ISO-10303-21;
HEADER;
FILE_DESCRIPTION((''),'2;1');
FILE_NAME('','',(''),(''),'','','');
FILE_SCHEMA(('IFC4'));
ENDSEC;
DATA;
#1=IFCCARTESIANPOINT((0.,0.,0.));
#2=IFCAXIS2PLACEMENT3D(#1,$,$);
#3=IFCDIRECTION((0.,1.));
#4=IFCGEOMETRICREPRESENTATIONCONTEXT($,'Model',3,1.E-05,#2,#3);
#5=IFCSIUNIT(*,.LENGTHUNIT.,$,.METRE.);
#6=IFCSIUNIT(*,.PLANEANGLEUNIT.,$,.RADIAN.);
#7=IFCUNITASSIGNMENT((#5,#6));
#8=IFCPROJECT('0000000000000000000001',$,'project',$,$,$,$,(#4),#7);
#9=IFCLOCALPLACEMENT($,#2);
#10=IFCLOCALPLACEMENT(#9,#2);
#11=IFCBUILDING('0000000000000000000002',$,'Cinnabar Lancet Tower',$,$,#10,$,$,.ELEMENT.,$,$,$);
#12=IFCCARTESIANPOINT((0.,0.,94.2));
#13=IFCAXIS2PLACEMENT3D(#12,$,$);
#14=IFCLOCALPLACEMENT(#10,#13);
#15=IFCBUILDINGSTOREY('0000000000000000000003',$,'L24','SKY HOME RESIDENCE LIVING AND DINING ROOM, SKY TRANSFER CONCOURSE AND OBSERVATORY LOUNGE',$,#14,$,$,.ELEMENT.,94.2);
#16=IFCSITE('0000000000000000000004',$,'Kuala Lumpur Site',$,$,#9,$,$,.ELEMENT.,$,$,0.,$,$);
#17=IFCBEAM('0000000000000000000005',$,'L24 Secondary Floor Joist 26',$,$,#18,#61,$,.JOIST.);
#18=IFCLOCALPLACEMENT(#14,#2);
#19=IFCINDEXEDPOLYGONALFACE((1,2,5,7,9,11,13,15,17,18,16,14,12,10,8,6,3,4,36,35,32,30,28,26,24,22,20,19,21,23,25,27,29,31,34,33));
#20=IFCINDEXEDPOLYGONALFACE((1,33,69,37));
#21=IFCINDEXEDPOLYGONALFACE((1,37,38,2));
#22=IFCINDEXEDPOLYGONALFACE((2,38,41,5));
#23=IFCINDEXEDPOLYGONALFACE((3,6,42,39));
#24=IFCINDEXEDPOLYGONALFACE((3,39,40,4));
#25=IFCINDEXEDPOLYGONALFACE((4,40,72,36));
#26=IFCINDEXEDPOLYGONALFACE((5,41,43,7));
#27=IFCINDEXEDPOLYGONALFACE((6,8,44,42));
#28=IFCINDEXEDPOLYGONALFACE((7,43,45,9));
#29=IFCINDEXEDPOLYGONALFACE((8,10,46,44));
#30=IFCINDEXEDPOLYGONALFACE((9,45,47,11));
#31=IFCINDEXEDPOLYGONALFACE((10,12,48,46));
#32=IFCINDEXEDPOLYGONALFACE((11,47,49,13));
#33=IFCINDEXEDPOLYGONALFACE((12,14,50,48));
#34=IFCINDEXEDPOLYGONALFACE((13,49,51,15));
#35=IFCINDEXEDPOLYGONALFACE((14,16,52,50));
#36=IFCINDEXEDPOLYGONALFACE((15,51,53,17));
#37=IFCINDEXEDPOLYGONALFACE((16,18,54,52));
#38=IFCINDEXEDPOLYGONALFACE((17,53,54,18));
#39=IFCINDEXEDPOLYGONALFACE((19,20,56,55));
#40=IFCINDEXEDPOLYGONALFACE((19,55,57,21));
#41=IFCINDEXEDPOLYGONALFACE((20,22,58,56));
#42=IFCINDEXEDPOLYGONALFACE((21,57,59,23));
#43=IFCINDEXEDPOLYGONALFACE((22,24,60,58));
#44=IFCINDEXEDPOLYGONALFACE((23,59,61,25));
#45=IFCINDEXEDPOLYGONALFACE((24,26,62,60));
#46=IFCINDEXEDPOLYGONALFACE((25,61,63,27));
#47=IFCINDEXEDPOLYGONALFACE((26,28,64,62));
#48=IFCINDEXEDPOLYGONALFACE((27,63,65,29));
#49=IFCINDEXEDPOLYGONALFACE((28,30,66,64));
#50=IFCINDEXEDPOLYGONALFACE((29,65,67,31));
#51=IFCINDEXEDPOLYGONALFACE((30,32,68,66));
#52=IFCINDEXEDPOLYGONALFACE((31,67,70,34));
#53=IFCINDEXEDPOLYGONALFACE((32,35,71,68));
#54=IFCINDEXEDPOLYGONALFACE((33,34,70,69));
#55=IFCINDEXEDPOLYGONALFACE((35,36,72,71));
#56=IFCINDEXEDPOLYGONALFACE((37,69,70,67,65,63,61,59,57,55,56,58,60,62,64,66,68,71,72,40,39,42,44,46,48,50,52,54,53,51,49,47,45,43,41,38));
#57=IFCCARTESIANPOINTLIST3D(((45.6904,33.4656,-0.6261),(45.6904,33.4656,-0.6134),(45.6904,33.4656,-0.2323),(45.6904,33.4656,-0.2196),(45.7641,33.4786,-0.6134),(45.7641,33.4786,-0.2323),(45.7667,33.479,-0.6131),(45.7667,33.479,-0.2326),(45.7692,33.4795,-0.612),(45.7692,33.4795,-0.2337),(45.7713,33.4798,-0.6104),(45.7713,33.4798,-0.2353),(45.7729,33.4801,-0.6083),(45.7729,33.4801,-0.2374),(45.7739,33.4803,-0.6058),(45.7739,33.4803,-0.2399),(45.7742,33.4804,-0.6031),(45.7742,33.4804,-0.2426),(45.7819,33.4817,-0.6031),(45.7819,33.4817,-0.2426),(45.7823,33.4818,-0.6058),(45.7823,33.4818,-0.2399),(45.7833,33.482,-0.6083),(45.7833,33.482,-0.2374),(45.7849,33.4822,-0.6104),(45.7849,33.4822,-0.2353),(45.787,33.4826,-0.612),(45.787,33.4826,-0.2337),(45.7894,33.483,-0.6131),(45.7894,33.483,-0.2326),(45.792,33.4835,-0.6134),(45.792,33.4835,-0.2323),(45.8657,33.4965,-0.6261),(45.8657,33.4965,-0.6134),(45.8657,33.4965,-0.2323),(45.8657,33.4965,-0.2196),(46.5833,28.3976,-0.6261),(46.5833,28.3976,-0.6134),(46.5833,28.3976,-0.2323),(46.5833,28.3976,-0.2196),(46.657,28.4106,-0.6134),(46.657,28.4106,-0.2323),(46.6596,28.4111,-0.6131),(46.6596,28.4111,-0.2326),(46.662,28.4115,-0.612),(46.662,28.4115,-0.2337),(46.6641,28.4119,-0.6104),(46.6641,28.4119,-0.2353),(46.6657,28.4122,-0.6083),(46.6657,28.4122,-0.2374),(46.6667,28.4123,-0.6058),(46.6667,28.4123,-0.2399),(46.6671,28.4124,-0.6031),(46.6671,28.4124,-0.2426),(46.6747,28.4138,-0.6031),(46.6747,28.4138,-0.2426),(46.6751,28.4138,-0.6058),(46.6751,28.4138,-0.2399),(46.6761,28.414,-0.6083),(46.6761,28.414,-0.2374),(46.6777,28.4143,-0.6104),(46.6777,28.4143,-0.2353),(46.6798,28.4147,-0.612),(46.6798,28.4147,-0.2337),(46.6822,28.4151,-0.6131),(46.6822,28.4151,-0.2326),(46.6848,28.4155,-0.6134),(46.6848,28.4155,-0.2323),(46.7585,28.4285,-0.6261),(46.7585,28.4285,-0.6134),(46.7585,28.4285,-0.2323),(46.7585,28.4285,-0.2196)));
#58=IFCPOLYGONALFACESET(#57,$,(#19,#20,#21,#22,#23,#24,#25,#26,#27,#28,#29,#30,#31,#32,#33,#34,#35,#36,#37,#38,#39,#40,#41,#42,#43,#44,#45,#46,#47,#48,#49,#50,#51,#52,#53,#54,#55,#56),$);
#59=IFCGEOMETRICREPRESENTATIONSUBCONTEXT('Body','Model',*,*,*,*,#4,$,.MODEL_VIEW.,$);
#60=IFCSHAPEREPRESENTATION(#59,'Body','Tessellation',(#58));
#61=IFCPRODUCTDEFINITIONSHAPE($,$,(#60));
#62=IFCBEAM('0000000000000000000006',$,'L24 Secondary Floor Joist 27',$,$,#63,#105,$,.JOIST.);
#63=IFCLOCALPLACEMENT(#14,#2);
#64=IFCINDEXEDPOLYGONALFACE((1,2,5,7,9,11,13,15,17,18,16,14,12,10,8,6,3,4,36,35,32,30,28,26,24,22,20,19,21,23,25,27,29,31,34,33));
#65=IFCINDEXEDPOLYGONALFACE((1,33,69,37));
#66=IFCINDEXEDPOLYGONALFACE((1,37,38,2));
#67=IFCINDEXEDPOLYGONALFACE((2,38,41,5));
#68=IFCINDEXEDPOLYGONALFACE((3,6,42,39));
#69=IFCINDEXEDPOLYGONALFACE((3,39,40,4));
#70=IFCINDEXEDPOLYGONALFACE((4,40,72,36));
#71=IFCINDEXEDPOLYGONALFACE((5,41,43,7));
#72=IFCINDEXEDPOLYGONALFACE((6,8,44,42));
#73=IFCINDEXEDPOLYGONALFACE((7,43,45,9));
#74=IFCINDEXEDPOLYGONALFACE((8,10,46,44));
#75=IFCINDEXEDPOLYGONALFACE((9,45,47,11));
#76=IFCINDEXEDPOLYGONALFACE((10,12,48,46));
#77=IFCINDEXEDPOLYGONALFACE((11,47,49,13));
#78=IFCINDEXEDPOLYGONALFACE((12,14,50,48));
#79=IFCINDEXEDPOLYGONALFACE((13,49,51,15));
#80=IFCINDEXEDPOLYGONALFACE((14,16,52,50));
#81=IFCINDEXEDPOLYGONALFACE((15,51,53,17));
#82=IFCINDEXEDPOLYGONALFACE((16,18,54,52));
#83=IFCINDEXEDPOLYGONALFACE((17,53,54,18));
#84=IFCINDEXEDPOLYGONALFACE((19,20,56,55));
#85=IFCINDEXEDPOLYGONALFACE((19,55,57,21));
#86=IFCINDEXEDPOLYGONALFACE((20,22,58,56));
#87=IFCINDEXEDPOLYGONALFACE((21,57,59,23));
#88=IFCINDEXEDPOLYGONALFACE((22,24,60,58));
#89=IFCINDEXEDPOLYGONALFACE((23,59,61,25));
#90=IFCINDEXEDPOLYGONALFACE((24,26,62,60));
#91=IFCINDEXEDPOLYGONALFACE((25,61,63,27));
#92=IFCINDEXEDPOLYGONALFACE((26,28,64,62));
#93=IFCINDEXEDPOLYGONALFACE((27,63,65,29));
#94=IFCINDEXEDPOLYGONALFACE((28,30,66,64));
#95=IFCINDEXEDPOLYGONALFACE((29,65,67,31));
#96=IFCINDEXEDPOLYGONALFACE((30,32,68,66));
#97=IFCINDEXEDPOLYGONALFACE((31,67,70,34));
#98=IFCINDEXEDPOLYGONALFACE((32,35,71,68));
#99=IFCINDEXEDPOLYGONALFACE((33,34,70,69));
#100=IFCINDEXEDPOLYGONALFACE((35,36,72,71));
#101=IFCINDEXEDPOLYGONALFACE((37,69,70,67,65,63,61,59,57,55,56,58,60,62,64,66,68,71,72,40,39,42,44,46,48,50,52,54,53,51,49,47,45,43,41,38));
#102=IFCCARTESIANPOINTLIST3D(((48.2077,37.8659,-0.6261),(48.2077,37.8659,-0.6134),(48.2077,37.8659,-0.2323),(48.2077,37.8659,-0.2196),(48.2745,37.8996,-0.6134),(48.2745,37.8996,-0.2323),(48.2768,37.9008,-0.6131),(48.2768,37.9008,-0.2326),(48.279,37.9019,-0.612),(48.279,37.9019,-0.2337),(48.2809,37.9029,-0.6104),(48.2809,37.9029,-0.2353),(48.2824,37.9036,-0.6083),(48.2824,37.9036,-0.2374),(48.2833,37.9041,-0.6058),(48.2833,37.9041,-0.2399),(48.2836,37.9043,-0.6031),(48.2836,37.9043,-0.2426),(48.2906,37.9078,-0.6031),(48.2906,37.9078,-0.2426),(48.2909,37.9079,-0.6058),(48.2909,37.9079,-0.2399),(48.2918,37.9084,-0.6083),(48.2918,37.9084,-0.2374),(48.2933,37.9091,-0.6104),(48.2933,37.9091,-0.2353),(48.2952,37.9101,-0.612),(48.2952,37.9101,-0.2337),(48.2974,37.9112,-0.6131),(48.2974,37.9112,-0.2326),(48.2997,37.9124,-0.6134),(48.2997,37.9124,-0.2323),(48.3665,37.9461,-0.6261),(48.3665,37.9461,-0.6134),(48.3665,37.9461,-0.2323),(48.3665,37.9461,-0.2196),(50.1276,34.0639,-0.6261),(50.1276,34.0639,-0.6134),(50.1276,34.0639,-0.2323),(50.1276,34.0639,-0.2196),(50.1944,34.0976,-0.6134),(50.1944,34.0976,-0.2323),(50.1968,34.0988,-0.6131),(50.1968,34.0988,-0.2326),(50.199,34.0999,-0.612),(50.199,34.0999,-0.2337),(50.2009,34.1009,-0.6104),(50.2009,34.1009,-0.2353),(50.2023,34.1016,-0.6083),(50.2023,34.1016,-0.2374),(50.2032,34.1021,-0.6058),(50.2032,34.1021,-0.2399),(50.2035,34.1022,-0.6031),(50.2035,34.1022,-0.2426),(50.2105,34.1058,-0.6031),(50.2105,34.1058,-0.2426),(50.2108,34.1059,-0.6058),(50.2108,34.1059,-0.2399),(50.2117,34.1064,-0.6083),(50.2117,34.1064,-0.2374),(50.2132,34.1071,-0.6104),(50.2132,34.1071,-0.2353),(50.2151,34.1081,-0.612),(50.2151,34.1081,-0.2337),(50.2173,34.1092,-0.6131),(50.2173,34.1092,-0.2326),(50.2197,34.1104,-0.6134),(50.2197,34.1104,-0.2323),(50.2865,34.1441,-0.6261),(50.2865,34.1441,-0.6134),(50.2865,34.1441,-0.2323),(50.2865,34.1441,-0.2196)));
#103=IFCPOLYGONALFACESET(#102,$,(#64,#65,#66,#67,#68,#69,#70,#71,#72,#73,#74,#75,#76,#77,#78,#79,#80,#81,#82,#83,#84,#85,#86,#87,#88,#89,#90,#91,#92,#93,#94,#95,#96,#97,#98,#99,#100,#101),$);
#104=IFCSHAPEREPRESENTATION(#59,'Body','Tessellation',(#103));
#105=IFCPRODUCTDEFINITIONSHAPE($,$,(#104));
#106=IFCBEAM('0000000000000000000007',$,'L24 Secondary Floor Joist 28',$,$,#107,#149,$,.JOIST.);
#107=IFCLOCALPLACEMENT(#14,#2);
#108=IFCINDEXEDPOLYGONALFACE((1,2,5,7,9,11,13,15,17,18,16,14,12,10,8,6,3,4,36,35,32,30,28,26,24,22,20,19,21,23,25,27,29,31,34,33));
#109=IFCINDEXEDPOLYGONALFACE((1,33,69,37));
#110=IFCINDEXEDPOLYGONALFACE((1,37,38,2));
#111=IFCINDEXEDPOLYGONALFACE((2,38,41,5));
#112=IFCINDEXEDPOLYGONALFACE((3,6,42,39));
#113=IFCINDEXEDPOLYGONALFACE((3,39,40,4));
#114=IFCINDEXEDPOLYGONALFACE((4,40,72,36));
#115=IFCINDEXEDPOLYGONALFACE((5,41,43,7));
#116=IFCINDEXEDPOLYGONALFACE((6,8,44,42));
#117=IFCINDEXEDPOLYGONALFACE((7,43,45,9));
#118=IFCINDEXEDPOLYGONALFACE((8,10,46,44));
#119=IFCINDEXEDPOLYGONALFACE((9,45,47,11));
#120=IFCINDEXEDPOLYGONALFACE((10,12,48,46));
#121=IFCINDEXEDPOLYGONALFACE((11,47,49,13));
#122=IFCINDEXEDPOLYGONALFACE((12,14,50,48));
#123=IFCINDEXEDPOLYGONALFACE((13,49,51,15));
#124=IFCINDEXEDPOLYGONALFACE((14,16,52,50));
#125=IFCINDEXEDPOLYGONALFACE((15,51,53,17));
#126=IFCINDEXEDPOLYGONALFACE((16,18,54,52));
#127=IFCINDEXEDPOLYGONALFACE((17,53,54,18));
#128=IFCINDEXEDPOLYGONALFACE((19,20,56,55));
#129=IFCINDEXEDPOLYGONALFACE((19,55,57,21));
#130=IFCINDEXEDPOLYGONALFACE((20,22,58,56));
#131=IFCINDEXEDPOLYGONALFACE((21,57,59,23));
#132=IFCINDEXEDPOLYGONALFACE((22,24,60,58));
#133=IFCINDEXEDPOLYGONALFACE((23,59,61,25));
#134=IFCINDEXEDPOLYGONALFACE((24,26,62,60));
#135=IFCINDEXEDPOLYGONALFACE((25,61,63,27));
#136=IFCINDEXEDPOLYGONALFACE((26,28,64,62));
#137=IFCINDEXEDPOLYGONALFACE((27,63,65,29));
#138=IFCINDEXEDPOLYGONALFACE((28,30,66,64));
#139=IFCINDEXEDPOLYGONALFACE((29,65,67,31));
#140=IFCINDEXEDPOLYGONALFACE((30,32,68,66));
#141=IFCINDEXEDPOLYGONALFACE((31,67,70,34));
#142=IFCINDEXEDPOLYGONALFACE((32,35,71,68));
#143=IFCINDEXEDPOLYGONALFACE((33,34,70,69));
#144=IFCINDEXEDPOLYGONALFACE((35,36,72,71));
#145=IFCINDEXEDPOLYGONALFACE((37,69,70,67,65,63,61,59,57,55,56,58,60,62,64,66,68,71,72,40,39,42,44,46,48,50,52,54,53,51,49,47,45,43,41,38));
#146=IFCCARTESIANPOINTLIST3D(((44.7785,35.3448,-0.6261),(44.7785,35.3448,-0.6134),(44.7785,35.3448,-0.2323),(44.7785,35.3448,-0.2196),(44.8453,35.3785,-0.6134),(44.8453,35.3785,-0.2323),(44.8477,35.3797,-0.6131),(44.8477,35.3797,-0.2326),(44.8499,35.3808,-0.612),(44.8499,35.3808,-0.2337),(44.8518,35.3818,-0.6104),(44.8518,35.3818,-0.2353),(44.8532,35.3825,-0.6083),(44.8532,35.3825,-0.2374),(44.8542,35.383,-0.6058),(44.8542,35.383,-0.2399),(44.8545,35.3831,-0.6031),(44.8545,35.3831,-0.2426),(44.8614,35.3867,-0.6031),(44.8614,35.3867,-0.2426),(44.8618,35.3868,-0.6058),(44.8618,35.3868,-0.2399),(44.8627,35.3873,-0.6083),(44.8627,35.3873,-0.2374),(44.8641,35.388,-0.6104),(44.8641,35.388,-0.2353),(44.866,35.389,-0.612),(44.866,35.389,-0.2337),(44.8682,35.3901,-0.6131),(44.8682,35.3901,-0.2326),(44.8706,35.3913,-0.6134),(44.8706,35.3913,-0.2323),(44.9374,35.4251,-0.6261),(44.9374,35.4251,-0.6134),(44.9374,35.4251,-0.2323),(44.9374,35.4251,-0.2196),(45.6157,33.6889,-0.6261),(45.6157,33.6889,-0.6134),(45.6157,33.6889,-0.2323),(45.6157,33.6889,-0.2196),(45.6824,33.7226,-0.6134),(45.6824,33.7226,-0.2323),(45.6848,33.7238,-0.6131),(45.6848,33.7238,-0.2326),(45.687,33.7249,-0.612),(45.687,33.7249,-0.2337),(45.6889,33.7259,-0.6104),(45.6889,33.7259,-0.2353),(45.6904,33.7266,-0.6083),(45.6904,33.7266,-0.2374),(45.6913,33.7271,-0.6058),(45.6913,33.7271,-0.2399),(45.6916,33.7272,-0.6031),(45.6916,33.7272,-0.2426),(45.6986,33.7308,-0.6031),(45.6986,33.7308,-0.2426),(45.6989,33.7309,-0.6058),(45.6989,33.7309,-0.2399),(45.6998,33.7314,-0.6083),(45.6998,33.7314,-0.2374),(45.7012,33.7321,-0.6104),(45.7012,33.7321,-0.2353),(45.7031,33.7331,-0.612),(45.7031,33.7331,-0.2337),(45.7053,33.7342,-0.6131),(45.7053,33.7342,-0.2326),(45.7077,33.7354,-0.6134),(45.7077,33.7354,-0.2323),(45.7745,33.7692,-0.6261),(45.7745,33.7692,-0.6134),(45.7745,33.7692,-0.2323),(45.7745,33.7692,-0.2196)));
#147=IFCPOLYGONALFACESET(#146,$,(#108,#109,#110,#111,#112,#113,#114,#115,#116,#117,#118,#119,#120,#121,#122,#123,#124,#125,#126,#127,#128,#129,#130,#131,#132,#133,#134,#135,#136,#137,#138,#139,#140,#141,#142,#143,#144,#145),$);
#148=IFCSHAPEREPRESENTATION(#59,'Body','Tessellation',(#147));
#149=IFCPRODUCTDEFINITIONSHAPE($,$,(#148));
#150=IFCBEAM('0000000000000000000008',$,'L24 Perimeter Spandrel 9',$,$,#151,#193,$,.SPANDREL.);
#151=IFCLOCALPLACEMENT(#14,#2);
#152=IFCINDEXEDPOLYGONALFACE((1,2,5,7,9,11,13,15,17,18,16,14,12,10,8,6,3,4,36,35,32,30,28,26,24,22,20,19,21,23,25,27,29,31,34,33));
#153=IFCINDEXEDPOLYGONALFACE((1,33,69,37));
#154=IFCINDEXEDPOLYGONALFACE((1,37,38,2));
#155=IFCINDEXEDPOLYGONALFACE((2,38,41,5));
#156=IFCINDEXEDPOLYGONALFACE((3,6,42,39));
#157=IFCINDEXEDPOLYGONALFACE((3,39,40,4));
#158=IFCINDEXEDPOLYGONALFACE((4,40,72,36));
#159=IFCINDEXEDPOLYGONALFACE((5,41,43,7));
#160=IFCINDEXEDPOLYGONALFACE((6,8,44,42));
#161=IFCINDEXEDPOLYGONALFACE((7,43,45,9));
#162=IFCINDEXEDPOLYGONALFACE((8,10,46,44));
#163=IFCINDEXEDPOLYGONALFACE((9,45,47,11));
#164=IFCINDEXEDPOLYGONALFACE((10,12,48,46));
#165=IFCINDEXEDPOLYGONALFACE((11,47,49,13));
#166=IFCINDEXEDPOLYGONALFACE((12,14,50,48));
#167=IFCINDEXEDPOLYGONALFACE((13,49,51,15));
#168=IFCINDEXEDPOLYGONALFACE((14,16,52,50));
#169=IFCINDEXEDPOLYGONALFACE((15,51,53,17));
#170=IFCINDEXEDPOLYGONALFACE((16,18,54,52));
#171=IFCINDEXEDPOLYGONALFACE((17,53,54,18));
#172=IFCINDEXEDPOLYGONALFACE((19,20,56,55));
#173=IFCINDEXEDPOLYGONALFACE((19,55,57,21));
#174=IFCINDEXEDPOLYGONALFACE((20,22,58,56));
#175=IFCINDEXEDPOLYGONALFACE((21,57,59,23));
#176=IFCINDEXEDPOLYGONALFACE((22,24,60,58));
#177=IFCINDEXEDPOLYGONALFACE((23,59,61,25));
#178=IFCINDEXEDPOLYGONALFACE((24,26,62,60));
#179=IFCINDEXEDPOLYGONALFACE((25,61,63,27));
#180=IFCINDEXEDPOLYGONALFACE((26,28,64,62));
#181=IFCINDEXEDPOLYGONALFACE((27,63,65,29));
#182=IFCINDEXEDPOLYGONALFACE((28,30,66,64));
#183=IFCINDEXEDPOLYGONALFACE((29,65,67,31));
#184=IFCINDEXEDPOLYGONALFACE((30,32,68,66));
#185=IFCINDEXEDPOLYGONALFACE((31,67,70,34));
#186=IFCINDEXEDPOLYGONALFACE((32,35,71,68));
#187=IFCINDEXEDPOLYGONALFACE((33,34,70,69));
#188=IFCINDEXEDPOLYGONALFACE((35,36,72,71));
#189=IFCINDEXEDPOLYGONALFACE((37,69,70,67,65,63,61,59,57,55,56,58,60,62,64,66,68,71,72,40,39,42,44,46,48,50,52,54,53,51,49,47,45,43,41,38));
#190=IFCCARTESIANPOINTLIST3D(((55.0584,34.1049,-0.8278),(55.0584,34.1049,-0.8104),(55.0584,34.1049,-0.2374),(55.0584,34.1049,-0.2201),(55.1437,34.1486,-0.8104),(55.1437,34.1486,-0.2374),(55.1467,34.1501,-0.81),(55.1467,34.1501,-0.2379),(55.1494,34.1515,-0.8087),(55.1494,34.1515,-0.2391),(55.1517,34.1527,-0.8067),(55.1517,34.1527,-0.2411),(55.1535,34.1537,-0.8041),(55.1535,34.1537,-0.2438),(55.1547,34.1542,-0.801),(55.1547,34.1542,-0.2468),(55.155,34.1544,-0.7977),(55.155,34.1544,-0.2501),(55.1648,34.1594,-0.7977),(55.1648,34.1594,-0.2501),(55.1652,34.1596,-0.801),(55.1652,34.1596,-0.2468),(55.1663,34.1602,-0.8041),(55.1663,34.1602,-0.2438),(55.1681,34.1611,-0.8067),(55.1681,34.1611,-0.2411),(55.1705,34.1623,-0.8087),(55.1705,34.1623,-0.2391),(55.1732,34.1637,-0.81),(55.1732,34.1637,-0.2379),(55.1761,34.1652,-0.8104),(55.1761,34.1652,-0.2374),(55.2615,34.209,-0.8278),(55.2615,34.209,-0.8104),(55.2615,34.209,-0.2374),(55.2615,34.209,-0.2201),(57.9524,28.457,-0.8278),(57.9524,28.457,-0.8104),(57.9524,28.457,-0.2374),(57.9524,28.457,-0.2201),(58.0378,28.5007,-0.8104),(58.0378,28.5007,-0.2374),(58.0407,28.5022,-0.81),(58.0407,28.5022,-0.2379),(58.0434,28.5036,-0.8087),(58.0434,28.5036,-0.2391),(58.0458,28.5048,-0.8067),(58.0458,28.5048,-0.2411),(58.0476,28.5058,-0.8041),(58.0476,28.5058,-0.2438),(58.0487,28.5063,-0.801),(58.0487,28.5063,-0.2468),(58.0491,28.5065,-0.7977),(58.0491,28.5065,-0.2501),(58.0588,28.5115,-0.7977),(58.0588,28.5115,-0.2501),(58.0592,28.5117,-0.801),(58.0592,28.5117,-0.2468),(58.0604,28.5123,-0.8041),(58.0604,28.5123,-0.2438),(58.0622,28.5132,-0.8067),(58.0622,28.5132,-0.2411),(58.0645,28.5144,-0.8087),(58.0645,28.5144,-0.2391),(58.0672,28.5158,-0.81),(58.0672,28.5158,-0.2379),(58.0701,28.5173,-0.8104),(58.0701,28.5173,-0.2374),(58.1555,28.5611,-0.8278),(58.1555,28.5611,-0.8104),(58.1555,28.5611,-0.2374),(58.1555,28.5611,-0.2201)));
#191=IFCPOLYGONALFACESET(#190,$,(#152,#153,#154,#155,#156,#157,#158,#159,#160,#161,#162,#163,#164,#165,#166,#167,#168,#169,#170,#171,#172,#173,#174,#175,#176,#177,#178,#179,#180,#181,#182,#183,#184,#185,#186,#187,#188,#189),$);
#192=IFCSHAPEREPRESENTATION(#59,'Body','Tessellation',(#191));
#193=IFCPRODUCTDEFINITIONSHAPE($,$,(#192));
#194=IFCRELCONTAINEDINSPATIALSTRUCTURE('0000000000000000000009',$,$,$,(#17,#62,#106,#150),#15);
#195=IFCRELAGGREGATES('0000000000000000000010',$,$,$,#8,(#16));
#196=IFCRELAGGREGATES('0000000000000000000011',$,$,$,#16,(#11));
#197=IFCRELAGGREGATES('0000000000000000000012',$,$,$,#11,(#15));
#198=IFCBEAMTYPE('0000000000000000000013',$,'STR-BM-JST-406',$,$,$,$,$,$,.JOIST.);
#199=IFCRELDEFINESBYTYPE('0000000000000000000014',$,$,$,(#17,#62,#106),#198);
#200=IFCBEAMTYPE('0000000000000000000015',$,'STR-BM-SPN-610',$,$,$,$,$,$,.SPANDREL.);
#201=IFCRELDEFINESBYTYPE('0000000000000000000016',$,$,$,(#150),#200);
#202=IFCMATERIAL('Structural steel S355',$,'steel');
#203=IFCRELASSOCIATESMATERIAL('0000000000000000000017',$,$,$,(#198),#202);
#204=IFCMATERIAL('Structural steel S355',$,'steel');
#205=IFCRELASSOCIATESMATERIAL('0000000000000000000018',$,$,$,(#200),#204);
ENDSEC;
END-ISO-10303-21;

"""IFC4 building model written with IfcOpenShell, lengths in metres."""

from ifc_helpers import new_model, si_unit, direction, frame, origin, origin_2d, place, context, subcontext, project, spatial, i_section, extrude, material, material_profile, profile_set, type_object, element, save


model = new_model("IFC4")

# Units and contexts
model_context = context("Model", 3, precision=1e-05, world=origin(), true_north=direction((0.0, 1.0)))
body_context = subcontext(model_context, "Body", "Model", "MODEL_VIEW")
ifc_project = project(units=[si_unit("LENGTHUNIT", "METRE"), si_unit("PLANEANGLEUNIT", "RADIAN")], contexts=[model_context])

# Site, building, storey
site_placement = place(None, origin())
site = spatial("IfcSite", under=ifc_project, at=site_placement, Name="Kuala Lumpur Site", CompositionType="ELEMENT", RefElevation=0.0)
building_placement = place(site_placement, origin())
building = spatial("IfcBuilding", under=site, at=building_placement, Name="Cinnabar Lancet Tower", CompositionType="ELEMENT")
storey_placement = place(building_placement, frame((0.0, 0.0, 94.2)))
storey = spatial("IfcBuildingStorey", under=building, at=storey_placement, Name="L24", Description="SKY HOME RESIDENCE LIVING AND DINING ROOM, SKY TRANSFER CONCOURSE AND OBSERVATORY LOUNGE", CompositionType="ELEMENT", Elevation=94.2)

# Beams
ifc_material_1 = material(Name="Structural steel S355", Category="steel")
ifc_material_profile_1 = material_profile(ifc_material_1, i_section(OverallWidth=0.178, OverallDepth=0.4065, WebThickness=0.0078, FlangeThickness=0.0127, FilletRadius=0.0103, at=origin_2d()), Name="UKB 406x178x60")
ifc_profile_set_1 = profile_set([ifc_material_profile_1], Name="Structural steel S355")
beam_type_1 = type_object("IfcBeamType", Name="STR-BM-JST-406", PredefinedType="JOIST", material=ifc_profile_set_1)
beam_1_placement = place(storey_placement, frame((46.6709, 28.4131, -0.4229), z_axis=(-0.173501, 0.984834, 0.0), x_axis=(-0.984834, -0.173501, 0.0)))
element("IfcBeam", 1, at=beam_1_placement, inside=storey, type_object=beam_type_1, Name="L24 Secondary Floor Joist 26", PredefinedType="JOIST", context=body_context, shape_type="SweptSolid", body=[
    extrude(i_section(OverallWidth=0.178, OverallDepth=0.4065, WebThickness=0.0078, FlangeThickness=0.0127, FilletRadius=0.0103, at=origin_2d()), origin(), (0.0, 0.0, 1.0), 5.146),
])
beam_2_placement = place(storey_placement, frame((50.207, 34.104, -0.4229), z_axis=(-0.450764, 0.892643, 0.0), x_axis=(-0.892643, -0.450764, 0.0)))
element("IfcBeam", 2, at=beam_2_placement, inside=storey, type_object=beam_type_1, Name="L24 Secondary Floor Joist 27", PredefinedType="JOIST", context=body_context, shape_type="SweptSolid", body=[
    extrude(i_section(OverallWidth=0.178, OverallDepth=0.4065, WebThickness=0.0078, FlangeThickness=0.0127, FilletRadius=0.0103, at=origin_2d()), origin(), (0.0, 0.0, 1.0), 4.2593),
])
beam_3_placement = place(storey_placement, frame((45.6951, 33.729, -0.4229), z_axis=(-0.451156, 0.892445, 0.0), x_axis=(-0.892445, -0.451156, 0.0)))
element("IfcBeam", 3, at=beam_3_placement, inside=storey, type_object=beam_type_1, Name="L24 Secondary Floor Joist 28", PredefinedType="JOIST", context=body_context, shape_type="SweptSolid", body=[
    extrude(i_section(OverallWidth=0.178, OverallDepth=0.4065, WebThickness=0.0078, FlangeThickness=0.0127, FilletRadius=0.0103, at=origin_2d()), origin(), (0.0, 0.0, 1.0), 1.8555),
])
ifc_material_2 = material(Name="Structural steel S355", Category="steel")
ifc_material_profile_2 = material_profile(ifc_material_2, i_section(OverallWidth=0.2283, OverallDepth=0.6077, WebThickness=0.011, FlangeThickness=0.0173, FilletRadius=0.0127, at=origin_2d()), Name="UKB 610x229x113")
ifc_profile_set_2 = profile_set([ifc_material_profile_2], Name="Structural steel S355")
beam_type_2 = type_object("IfcBeamType", Name="STR-BM-SPN-610", PredefinedType="SPANDREL", material=ifc_profile_set_2)
beam_4_placement = place(storey_placement, frame((58.054, 28.509, -0.5239), z_axis=(-0.456025, 0.889967, 0.0), x_axis=(-0.889967, -0.456025, 0.0)))
element("IfcBeam", 4, at=beam_4_placement, inside=storey, type_object=beam_type_2, Name="L24 Perimeter Spandrel 9", PredefinedType="SPANDREL", context=body_context, shape_type="SweptSolid", body=[
    extrude(i_section(OverallWidth=0.2283, OverallDepth=0.6077, WebThickness=0.011, FlangeThickness=0.0173, FilletRadius=0.0127, at=origin_2d()), origin(), (0.0, 0.0, 1.0), 6.3462),
])

save(model, "model.ifc")
